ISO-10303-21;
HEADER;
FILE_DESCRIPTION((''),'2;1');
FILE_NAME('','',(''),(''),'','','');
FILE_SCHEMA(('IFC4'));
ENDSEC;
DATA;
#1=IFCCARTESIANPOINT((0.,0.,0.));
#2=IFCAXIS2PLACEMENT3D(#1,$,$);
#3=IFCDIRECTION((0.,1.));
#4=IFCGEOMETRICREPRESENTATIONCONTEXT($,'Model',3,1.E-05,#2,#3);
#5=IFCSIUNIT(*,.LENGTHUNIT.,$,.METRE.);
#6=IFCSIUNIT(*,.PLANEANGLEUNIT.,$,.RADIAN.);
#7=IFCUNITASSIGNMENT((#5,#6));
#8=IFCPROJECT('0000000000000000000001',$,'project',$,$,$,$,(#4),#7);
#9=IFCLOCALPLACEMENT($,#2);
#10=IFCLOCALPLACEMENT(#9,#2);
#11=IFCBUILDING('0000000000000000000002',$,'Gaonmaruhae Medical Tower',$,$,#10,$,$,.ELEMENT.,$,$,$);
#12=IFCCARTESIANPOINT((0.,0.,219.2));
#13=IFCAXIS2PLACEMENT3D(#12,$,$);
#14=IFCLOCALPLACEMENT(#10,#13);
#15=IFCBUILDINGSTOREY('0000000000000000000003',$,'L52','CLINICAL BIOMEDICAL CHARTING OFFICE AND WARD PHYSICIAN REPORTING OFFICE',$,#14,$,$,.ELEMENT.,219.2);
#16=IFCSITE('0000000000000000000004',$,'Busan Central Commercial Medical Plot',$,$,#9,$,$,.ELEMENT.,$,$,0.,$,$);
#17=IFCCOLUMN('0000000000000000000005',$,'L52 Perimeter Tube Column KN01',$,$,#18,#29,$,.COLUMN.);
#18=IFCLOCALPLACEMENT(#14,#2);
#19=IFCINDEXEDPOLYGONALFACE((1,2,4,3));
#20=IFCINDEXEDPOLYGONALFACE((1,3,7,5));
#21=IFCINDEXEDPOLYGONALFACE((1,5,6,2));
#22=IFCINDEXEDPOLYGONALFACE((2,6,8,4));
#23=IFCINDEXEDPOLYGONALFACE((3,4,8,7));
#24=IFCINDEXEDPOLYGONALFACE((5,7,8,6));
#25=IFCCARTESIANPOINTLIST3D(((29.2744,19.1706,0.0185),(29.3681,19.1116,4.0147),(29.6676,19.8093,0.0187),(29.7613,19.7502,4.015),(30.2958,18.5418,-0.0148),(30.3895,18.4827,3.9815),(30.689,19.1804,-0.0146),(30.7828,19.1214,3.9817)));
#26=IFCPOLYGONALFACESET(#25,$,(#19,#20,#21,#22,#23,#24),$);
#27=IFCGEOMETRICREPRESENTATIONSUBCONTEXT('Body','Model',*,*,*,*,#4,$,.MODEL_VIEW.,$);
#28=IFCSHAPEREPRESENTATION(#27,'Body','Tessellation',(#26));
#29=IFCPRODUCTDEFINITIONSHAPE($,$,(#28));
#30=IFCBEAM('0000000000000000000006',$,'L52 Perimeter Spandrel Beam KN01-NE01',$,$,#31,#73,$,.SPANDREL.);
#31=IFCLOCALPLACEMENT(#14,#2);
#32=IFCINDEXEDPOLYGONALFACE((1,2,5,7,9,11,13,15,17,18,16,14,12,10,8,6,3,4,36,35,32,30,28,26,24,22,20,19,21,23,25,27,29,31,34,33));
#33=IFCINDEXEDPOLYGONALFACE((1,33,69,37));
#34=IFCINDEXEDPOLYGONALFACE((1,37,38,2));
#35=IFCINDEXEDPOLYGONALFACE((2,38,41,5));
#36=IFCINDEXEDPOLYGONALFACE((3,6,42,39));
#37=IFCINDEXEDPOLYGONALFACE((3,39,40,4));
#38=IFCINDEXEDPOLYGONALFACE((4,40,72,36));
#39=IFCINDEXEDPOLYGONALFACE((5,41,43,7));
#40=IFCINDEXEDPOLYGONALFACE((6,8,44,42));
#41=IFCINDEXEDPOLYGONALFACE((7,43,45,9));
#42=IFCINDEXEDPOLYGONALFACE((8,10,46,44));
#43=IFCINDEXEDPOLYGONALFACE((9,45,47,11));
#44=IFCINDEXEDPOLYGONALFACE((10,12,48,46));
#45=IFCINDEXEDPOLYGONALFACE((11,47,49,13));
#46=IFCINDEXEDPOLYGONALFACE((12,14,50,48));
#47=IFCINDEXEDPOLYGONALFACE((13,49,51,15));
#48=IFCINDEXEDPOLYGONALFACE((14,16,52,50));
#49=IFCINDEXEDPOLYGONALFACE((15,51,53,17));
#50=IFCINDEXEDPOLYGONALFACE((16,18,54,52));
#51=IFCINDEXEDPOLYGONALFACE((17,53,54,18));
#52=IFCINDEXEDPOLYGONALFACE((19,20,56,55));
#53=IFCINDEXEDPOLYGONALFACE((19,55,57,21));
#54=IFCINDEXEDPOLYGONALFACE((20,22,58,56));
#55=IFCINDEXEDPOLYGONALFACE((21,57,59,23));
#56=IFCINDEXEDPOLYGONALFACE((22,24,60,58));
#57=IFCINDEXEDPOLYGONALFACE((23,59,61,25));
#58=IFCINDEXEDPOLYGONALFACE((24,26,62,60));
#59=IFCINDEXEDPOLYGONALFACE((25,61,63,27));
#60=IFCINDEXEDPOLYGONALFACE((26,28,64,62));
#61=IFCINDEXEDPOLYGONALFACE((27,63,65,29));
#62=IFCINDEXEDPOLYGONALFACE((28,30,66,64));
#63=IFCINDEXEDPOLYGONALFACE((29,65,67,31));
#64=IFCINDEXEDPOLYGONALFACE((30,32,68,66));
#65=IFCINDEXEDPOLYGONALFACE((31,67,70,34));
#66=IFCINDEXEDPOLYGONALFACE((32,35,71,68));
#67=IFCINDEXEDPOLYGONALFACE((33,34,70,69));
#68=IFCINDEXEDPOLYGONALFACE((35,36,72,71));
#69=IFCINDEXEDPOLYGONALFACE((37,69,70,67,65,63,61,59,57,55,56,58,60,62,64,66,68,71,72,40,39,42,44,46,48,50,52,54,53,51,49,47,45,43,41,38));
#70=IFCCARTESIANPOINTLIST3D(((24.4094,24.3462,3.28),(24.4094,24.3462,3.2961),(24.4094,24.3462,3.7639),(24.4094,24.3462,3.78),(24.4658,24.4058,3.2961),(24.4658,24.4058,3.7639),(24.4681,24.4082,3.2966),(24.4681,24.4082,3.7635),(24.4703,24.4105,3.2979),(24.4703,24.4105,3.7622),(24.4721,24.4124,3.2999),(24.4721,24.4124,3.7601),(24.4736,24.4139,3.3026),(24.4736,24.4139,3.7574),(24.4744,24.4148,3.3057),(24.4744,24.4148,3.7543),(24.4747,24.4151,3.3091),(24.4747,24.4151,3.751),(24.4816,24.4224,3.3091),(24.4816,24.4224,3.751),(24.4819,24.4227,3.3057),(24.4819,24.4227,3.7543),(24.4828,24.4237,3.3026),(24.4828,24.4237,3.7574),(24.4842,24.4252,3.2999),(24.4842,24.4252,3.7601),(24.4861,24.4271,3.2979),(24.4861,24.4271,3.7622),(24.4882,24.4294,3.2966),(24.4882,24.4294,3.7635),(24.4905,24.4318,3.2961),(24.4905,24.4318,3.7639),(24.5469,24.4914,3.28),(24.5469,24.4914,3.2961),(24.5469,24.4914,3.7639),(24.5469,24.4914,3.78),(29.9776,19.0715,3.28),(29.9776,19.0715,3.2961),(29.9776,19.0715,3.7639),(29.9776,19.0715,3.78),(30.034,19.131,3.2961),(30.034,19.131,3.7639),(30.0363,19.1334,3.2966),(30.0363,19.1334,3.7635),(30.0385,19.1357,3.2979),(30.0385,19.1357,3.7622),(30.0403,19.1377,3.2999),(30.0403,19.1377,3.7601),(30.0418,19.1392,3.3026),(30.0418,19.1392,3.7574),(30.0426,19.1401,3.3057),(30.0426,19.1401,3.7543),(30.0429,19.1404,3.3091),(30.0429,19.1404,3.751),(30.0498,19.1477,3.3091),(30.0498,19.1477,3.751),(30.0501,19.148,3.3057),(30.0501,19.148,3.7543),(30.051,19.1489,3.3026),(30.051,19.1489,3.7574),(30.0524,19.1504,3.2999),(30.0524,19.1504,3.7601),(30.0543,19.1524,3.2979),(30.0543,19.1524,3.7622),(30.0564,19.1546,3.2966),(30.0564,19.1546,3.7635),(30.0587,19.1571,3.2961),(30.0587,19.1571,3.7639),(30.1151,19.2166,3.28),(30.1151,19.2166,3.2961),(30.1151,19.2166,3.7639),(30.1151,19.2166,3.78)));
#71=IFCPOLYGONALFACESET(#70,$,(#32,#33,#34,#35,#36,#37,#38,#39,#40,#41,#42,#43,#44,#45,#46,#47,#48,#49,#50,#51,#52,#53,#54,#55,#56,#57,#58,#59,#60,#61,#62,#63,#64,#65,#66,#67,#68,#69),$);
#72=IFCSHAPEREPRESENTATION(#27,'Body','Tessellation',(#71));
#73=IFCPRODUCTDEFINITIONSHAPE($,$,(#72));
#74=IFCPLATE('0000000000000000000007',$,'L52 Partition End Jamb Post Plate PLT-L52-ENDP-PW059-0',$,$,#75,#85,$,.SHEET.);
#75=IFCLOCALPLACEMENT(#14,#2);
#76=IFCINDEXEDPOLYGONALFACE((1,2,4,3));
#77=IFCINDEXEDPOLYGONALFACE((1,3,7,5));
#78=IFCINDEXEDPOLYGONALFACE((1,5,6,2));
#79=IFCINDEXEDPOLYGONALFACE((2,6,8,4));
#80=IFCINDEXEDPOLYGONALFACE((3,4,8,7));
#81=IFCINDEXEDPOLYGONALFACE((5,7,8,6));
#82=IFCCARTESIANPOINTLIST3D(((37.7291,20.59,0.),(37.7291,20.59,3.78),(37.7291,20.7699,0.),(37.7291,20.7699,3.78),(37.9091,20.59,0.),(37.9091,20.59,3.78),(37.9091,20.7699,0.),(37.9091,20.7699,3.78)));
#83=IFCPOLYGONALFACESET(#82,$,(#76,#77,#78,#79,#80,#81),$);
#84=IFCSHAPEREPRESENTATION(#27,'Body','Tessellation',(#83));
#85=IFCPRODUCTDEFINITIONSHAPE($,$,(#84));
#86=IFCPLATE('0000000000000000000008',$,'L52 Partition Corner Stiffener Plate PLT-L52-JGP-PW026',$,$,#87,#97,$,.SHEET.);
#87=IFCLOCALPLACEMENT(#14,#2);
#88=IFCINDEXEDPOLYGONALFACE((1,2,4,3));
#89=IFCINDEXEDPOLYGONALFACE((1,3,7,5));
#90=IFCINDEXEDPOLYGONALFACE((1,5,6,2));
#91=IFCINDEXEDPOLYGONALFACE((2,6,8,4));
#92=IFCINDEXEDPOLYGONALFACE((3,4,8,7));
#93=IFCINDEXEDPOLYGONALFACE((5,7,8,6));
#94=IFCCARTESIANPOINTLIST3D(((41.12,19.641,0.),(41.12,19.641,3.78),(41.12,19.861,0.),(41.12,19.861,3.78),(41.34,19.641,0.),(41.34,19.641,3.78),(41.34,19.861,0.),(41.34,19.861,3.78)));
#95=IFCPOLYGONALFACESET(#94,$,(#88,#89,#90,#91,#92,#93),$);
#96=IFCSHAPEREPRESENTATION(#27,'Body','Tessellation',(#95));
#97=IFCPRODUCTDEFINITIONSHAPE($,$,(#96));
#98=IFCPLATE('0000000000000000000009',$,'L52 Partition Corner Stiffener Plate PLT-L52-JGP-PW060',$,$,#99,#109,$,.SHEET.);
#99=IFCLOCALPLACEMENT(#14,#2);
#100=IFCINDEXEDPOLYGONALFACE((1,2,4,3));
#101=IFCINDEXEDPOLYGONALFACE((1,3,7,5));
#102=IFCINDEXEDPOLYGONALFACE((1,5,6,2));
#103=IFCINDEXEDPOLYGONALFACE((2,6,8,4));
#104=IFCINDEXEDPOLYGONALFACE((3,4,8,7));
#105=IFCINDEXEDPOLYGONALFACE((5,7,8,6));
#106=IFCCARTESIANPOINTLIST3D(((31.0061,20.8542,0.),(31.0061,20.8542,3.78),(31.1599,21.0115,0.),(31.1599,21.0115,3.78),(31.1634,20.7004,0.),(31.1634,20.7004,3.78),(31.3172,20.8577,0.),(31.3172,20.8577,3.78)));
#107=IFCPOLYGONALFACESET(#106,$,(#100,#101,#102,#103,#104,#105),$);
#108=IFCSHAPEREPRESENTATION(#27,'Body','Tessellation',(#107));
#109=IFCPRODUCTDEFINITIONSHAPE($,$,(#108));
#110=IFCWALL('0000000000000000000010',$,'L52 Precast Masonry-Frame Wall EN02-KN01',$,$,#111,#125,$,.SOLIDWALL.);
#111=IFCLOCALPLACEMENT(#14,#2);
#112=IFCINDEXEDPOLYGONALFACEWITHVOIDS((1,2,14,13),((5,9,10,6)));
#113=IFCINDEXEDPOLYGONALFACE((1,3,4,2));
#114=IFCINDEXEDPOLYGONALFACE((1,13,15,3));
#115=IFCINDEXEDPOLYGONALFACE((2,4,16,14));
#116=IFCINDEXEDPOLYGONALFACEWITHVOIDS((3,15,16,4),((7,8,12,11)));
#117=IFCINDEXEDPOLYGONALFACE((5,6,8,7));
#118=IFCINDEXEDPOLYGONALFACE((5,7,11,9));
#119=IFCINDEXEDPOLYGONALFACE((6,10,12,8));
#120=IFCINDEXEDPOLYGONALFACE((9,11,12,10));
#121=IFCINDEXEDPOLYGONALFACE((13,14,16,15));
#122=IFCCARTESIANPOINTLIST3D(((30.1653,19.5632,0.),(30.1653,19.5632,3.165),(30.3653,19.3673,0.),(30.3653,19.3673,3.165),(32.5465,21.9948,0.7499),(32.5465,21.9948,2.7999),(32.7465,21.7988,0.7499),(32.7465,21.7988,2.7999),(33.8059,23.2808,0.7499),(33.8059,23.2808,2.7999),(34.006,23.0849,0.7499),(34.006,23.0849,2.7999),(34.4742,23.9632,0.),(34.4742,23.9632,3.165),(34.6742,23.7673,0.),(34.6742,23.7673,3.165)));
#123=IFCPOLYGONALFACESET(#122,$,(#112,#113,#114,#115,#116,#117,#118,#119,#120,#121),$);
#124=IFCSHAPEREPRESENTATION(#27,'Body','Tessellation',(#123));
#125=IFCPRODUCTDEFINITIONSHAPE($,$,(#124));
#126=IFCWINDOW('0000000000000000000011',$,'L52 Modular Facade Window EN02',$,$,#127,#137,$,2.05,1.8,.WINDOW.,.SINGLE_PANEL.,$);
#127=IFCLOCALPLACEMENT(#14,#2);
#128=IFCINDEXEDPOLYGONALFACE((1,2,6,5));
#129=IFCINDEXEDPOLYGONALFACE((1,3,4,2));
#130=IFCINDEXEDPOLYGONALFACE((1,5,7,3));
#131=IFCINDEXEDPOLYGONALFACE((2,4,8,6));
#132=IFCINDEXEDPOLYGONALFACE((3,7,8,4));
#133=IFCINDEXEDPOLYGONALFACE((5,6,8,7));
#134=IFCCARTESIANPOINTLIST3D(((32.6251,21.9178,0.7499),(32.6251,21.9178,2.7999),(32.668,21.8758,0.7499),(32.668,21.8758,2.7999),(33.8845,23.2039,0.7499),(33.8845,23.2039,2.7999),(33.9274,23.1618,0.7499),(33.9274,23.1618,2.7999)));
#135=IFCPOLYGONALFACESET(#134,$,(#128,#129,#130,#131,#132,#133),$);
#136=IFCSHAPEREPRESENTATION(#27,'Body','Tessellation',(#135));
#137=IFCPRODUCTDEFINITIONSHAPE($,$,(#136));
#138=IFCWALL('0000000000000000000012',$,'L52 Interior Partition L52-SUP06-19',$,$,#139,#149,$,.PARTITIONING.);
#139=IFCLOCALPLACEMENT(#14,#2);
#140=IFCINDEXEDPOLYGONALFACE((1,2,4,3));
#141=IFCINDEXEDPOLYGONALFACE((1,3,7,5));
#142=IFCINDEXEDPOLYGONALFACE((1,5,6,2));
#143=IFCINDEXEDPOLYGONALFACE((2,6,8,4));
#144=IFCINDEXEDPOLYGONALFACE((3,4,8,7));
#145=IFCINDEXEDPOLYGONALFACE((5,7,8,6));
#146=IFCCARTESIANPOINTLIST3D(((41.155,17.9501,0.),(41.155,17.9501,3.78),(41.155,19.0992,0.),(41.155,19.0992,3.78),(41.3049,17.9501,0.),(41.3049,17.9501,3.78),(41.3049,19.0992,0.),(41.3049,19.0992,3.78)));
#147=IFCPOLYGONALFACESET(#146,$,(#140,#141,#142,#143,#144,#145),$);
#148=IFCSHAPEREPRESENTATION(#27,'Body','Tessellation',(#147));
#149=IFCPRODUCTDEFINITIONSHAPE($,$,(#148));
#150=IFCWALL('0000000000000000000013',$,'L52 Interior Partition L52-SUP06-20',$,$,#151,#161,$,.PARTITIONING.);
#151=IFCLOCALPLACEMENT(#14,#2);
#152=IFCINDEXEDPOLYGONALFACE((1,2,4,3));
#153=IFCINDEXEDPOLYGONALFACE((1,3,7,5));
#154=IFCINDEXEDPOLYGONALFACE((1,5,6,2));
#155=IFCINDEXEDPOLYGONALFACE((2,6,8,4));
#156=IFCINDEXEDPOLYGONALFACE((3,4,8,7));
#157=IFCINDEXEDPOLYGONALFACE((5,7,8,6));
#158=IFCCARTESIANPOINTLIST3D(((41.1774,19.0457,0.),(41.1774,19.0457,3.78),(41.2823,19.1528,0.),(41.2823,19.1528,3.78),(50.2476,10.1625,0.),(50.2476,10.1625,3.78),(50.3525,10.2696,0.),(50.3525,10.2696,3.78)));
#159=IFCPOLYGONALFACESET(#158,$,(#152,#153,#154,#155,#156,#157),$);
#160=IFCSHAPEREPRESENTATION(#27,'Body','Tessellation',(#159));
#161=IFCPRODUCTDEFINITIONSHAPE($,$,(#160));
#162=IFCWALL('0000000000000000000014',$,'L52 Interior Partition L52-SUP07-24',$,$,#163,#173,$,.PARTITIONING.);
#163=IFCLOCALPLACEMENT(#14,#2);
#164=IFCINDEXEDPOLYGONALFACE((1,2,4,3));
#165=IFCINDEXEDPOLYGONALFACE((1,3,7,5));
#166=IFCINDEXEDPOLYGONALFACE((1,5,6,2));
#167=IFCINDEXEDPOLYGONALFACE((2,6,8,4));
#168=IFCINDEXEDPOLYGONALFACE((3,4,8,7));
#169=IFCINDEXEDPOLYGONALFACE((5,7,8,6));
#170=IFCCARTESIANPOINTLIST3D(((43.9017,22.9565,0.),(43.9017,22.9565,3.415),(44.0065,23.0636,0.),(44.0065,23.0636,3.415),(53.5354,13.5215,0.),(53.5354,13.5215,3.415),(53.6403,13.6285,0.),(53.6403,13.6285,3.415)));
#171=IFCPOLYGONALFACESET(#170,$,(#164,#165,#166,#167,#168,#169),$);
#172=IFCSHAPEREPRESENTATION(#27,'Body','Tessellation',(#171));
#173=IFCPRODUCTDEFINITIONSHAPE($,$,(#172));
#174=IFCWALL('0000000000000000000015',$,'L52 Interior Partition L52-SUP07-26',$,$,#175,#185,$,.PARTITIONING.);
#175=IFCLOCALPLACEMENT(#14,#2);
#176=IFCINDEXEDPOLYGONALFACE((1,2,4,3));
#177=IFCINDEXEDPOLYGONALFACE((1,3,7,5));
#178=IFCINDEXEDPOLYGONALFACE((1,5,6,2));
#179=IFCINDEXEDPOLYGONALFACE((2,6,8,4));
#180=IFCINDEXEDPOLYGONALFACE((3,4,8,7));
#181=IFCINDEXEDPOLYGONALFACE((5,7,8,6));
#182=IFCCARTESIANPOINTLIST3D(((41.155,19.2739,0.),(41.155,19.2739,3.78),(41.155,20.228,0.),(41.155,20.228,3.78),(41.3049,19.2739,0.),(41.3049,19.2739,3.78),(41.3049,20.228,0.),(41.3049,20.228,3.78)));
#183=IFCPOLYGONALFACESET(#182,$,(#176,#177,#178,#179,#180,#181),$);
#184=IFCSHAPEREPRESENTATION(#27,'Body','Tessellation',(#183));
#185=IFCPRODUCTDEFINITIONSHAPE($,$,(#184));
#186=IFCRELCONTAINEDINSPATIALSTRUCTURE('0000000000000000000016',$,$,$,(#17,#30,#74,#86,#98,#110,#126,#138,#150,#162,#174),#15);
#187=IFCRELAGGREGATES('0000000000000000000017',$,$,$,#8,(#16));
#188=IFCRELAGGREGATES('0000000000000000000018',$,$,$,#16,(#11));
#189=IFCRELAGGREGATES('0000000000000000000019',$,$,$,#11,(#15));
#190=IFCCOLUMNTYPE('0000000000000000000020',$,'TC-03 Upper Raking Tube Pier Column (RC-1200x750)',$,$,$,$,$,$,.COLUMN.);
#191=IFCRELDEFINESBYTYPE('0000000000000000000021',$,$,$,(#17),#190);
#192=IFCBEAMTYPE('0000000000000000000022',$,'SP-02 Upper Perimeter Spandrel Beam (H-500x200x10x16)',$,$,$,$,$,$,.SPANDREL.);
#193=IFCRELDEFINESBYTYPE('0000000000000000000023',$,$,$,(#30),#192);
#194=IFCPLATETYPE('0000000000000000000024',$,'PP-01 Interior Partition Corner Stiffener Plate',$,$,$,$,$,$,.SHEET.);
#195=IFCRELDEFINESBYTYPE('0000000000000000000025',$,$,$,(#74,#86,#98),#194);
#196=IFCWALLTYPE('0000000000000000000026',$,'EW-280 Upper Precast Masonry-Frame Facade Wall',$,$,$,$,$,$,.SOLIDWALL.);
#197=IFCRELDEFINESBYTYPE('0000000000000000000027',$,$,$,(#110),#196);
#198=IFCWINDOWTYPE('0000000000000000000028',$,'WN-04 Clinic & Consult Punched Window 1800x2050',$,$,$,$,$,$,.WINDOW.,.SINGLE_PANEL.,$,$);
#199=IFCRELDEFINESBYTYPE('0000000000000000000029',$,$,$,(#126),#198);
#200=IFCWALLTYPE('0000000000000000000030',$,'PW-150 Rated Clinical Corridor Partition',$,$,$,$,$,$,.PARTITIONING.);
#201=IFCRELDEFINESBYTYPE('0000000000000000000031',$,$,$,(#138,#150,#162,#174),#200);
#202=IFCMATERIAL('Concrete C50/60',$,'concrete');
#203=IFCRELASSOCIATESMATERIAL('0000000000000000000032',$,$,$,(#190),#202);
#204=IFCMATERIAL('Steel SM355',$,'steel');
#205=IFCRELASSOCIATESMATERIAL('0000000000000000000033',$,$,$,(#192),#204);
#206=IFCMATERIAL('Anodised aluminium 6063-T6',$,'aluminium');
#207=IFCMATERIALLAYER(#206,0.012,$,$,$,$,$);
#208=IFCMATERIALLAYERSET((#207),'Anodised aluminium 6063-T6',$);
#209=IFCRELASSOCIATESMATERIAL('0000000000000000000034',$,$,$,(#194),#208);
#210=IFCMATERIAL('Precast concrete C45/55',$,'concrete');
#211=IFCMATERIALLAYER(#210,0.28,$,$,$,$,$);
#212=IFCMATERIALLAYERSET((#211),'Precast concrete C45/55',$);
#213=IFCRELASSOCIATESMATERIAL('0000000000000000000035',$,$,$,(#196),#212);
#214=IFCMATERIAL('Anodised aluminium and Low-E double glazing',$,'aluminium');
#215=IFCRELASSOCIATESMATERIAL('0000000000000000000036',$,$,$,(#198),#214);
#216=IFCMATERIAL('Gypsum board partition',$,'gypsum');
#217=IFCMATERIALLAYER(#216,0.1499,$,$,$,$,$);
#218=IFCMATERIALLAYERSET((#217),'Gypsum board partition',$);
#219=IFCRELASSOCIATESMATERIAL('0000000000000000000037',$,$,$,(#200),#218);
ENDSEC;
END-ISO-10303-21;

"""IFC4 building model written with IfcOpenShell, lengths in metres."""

from ifc_helpers import new_model, si_unit, direction, frame, frame_2d, origin, origin_2d, place, context, subcontext, project, spatial, rectangle, i_section, extrude, material, layer, layer_set, material_profile, profile_set, type_object, element, fill, save


model = new_model("IFC4")

# Units and contexts
model_context = context("Model", 3, precision=1e-05, world=origin(), true_north=direction((0.0, 1.0)))
body_context = subcontext(model_context, "Body", "Model", "MODEL_VIEW")
ifc_project = project(units=[si_unit("LENGTHUNIT", "METRE"), si_unit("PLANEANGLEUNIT", "RADIAN")], contexts=[model_context])

# Site, building, storey
site_placement = place(None, origin())
site = spatial("IfcSite", under=ifc_project, at=site_placement, Name="Busan Central Commercial Medical Plot", CompositionType="ELEMENT", RefElevation=0.0)
building_placement = place(site_placement, origin())
building = spatial("IfcBuilding", under=site, at=building_placement, Name="Gaonmaruhae Medical Tower", CompositionType="ELEMENT")
storey_placement = place(building_placement, frame((0.0, 0.0, 219.2)))
storey = spatial("IfcBuildingStorey", under=building, at=storey_placement, Name="L52", Description="CLINICAL BIOMEDICAL CHARTING OFFICE AND WARD PHYSICIAN REPORTING OFFICE", CompositionType="ELEMENT", Elevation=219.2)

# Column
ifc_material_1 = material(Name="Concrete C50/60", Category="concrete")
ifc_material_profile_1 = material_profile(ifc_material_1, rectangle(XDim=1.2, YDim=0.75, at=origin_2d()), Name="RC-1200x750")
ifc_profile_set_1 = profile_set([ifc_material_profile_1], Name="Concrete C50/60")
column_type = type_object("IfcColumnType", Name="TC-03 Upper Raking Tube Pier Column (RC-1200x750)", PredefinedType="COLUMN", material=ifc_profile_set_1)
column_placement = place(storey_placement, frame((29.9817, 19.1755, 0.002), z_axis=(0.02345, -0.014778, 0.999616), x_axis=(-0.851224, 0.52407, 0.027717)))
element("IfcColumn", 1, at=column_placement, inside=storey, type_object=column_type, Name="L52 Perimeter Tube Column KN01", PredefinedType="COLUMN", context=body_context, shape_type="SweptSolid", body=[
    extrude(rectangle(XDim=1.2, YDim=0.75, at=origin_2d()), origin(), (0.0, 0.0, 1.0), 3.9978),
])

# Beam
ifc_material_2 = material(Name="Steel SM355", Category="steel")
ifc_material_profile_2 = material_profile(ifc_material_2, i_section(OverallWidth=0.2, OverallDepth=0.5, WebThickness=0.01, FlangeThickness=0.0161, FilletRadius=0.0129, at=origin_2d()), Name="H-500x200x10x16")
ifc_profile_set_2 = profile_set([ifc_material_profile_2], Name="Steel SM355")
beam_type = type_object("IfcBeamType", Name="SP-02 Upper Perimeter Spandrel Beam (H-500x200x10x16)", PredefinedType="SPANDREL", material=ifc_profile_set_2)
beam_placement = place(storey_placement, frame((30.0464, 19.144, 3.53), z_axis=(-0.725979, 0.687717, 0.0), x_axis=(-0.687717, -0.725979, 0.0)))
element("IfcBeam", 2, at=beam_placement, inside=storey, type_object=beam_type, Name="L52 Perimeter Spandrel Beam KN01-NE01", PredefinedType="SPANDREL", context=body_context, shape_type="SweptSolid", body=[
    extrude(i_section(OverallWidth=0.2, OverallDepth=0.5, WebThickness=0.01, FlangeThickness=0.0161, FilletRadius=0.0129, at=origin_2d()), origin(), (0.0, 0.0, 1.0), 7.6699),
])

# Plates
ifc_material_3 = material(Name="Anodised aluminium 6063-T6", Category="aluminium")
ifc_layer_1 = layer(ifc_material_3, 0.012)
ifc_layer_set_1 = layer_set([ifc_layer_1], Name="Anodised aluminium 6063-T6")
plate_type = type_object("IfcPlateType", Name="PP-01 Interior Partition Corner Stiffener Plate", PredefinedType="SHEET", material=ifc_layer_set_1)
plate_placement = place(storey_placement, frame((37.8191, 20.6799, 0.0), z_axis=(0.0, 0.0, 1.0), x_axis=(-1.0, 0.0, 0.0)))
element("IfcPlate", 3, at=plate_placement, inside=storey, type_object=plate_type, Name="L52 Partition End Jamb Post Plate PLT-L52-ENDP-PW059-0", PredefinedType="SHEET", context=body_context, shape_type="SweptSolid", body=[
    extrude(rectangle(XDim=0.1799, YDim=0.1799, at=origin_2d()), origin(), (0.0, 0.0, 1.0), 3.78),
])
for number, where, z_axis, x_axis, name in (
    (4, (41.23, 19.751, 0.0), (0.0, 0.0, 1.0), (0.0, 1.0, 0.0), "L52 Partition Corner Stiffener Plate PLT-L52-JGP-PW026"),
    (5, (31.1616, 20.856, 0.0), (0.0, 0.0, 1.0), (-0.715107, 0.699015, 0.0), "L52 Partition Corner Stiffener Plate PLT-L52-JGP-PW060"),
):
    element("IfcPlate", number, at=place(storey_placement, frame(where, z_axis=z_axis, x_axis=x_axis)), inside=storey, type_object=plate_type, Name=name, PredefinedType="SHEET", context=body_context, shape_type="SweptSolid", body=[
        extrude(rectangle(XDim=0.22, YDim=0.22, at=origin_2d()), origin(), (0.0, 0.0, 1.0), 3.78),
    ])

# Wall, opening, window
ifc_material_4 = material(Name="Precast concrete C45/55", Category="concrete")
ifc_layer_2 = layer(ifc_material_4, 0.28)
ifc_layer_set_2 = layer_set([ifc_layer_2], Name="Precast concrete C45/55")
wall_type_1 = type_object("IfcWallType", Name="EW-280 Upper Precast Masonry-Frame Facade Wall", PredefinedType="SOLIDWALL", material=ifc_layer_set_2)
wall_1_placement = place(storey_placement, frame((30.2654, 19.4653, 0.0), z_axis=(0.0, 0.0, 1.0), x_axis=(0.699675, 0.714462, 0.0)))
wall_1 = element("IfcWall", 6, at=wall_1_placement, inside=storey, type_object=wall_type_1, Name="L52 Precast Masonry-Frame Wall EN02-KN01", PredefinedType="SOLIDWALL", context=body_context, shape_type="SweptSolid", body=[
    extrude(rectangle(XDim=6.1584, YDim=0.28, at=frame_2d((3.0791, 0.0))), origin(), (0.0, 0.0, 1.0), 3.165),
])
opening_1_placement = place(wall_1_placement, frame((3.4033, 0.0, 0.75)))
opening_1 = element("IfcOpeningElement", 7, at=opening_1_placement, cuts=wall_1, PredefinedType="OPENING", context=body_context, shape_type="SweptSolid", body=[
    extrude(rectangle(XDim=1.8, YDim=2.05, at=frame_2d((0.8999, 1.0249))), frame((0.0, 0.1499, 0.0), z_axis=(0.0, -1.0, 0.0), x_axis=(1.0, 0.0, 0.0)), (0.0, 0.0, 1.0), 0.3),
])
ifc_material_5 = material(Name="Anodised aluminium and Low-E double glazing", Category="aluminium")
window_type = type_object("IfcWindowType", Name="WN-04 Clinic & Consult Punched Window 1800x2050", PartitioningType="SINGLE_PANEL", PredefinedType="WINDOW", material=ifc_material_5)
window_placement = place(opening_1_placement, origin())
window = element("IfcWindow", 8, at=window_placement, inside=storey, type_object=window_type, Name="L52 Modular Facade Window EN02", OverallHeight=2.05, OverallWidth=1.8, PartitioningType="SINGLE_PANEL", PredefinedType="WINDOW", context=body_context, shape_type="SweptSolid", body=[
    extrude(rectangle(XDim=1.8, YDim=2.05, at=frame_2d((0.8999, 1.0249))), frame((0.0, 0.03, 0.0), z_axis=(0.0, -1.0, 0.0), x_axis=(1.0, 0.0, 0.0)), (0.0, 0.0, 1.0), 0.0601),
])
fill(opening_1, window)

# Walls
ifc_material_6 = material(Name="Gypsum board partition", Category="gypsum")
ifc_layer_3 = layer(ifc_material_6, 0.1499)
ifc_layer_set_3 = layer_set([ifc_layer_3], Name="Gypsum board partition")
wall_type_2 = type_object("IfcWallType", Name="PW-150 Rated Clinical Corridor Partition", PredefinedType="PARTITIONING", material=ifc_layer_set_3)
wall_2_placement = place(storey_placement, frame((41.23, 17.95, 0.0), z_axis=(0.0, 0.0, 1.0), x_axis=(0.0, 1.0, 0.0)))
element("IfcWall", 9, at=wall_2_placement, inside=storey, type_object=wall_type_2, Name="L52 Interior Partition L52-SUP06-19", PredefinedType="PARTITIONING", context=body_context, shape_type="SweptSolid", body=[
    extrude(rectangle(XDim=1.1492, YDim=0.1499, at=frame_2d((0.5747, 0.0))), origin(), (0.0, 0.0, 1.0), 3.78),
])
wall_3_placement = place(storey_placement, frame((41.23, 19.0991, 0.0), z_axis=(0.0, 0.0, 1.0), x_axis=(0.714434, -0.699703, 0.0)))
element("IfcWall", 10, at=wall_3_placement, inside=storey, type_object=wall_type_2, Name="L52 Interior Partition L52-SUP06-20", PredefinedType="PARTITIONING", context=body_context, shape_type="SweptSolid", body=[
    extrude(rectangle(XDim=12.6956, YDim=0.1499, at=frame_2d((6.3477, 0.0))), origin(), (0.0, 0.0, 1.0), 3.78),
])

# Walls
wall_4_placement = place(storey_placement, frame((43.9541, 23.01, 0.0), z_axis=(0.0, 0.0, 1.0), x_axis=(0.714437, -0.6997, 0.0)))
element("IfcWall", 11, at=wall_4_placement, inside=storey, type_object=wall_type_2, Name="L52 Interior Partition L52-SUP07-24", PredefinedType="PARTITIONING", context=body_context, shape_type="SweptSolid", body=[
    extrude(rectangle(XDim=13.4844, YDim=0.1499, at=frame_2d((6.7422, 0.0))), origin(), (0.0, 0.0, 1.0), 3.415),
])
wall_5_placement = place(storey_placement, frame((41.23, 19.2739, 0.0), z_axis=(0.0, 0.0, 1.0), x_axis=(0.0, 1.0, 0.0)))
element("IfcWall", 12, at=wall_5_placement, inside=storey, type_object=wall_type_2, Name="L52 Interior Partition L52-SUP07-26", PredefinedType="PARTITIONING", context=body_context, shape_type="SweptSolid", body=[
    extrude(rectangle(XDim=0.9541, YDim=0.1499, at=frame_2d((0.4771, 0.0))), origin(), (0.0, 0.0, 1.0), 3.78),
])

save(model, "model.ifc")
